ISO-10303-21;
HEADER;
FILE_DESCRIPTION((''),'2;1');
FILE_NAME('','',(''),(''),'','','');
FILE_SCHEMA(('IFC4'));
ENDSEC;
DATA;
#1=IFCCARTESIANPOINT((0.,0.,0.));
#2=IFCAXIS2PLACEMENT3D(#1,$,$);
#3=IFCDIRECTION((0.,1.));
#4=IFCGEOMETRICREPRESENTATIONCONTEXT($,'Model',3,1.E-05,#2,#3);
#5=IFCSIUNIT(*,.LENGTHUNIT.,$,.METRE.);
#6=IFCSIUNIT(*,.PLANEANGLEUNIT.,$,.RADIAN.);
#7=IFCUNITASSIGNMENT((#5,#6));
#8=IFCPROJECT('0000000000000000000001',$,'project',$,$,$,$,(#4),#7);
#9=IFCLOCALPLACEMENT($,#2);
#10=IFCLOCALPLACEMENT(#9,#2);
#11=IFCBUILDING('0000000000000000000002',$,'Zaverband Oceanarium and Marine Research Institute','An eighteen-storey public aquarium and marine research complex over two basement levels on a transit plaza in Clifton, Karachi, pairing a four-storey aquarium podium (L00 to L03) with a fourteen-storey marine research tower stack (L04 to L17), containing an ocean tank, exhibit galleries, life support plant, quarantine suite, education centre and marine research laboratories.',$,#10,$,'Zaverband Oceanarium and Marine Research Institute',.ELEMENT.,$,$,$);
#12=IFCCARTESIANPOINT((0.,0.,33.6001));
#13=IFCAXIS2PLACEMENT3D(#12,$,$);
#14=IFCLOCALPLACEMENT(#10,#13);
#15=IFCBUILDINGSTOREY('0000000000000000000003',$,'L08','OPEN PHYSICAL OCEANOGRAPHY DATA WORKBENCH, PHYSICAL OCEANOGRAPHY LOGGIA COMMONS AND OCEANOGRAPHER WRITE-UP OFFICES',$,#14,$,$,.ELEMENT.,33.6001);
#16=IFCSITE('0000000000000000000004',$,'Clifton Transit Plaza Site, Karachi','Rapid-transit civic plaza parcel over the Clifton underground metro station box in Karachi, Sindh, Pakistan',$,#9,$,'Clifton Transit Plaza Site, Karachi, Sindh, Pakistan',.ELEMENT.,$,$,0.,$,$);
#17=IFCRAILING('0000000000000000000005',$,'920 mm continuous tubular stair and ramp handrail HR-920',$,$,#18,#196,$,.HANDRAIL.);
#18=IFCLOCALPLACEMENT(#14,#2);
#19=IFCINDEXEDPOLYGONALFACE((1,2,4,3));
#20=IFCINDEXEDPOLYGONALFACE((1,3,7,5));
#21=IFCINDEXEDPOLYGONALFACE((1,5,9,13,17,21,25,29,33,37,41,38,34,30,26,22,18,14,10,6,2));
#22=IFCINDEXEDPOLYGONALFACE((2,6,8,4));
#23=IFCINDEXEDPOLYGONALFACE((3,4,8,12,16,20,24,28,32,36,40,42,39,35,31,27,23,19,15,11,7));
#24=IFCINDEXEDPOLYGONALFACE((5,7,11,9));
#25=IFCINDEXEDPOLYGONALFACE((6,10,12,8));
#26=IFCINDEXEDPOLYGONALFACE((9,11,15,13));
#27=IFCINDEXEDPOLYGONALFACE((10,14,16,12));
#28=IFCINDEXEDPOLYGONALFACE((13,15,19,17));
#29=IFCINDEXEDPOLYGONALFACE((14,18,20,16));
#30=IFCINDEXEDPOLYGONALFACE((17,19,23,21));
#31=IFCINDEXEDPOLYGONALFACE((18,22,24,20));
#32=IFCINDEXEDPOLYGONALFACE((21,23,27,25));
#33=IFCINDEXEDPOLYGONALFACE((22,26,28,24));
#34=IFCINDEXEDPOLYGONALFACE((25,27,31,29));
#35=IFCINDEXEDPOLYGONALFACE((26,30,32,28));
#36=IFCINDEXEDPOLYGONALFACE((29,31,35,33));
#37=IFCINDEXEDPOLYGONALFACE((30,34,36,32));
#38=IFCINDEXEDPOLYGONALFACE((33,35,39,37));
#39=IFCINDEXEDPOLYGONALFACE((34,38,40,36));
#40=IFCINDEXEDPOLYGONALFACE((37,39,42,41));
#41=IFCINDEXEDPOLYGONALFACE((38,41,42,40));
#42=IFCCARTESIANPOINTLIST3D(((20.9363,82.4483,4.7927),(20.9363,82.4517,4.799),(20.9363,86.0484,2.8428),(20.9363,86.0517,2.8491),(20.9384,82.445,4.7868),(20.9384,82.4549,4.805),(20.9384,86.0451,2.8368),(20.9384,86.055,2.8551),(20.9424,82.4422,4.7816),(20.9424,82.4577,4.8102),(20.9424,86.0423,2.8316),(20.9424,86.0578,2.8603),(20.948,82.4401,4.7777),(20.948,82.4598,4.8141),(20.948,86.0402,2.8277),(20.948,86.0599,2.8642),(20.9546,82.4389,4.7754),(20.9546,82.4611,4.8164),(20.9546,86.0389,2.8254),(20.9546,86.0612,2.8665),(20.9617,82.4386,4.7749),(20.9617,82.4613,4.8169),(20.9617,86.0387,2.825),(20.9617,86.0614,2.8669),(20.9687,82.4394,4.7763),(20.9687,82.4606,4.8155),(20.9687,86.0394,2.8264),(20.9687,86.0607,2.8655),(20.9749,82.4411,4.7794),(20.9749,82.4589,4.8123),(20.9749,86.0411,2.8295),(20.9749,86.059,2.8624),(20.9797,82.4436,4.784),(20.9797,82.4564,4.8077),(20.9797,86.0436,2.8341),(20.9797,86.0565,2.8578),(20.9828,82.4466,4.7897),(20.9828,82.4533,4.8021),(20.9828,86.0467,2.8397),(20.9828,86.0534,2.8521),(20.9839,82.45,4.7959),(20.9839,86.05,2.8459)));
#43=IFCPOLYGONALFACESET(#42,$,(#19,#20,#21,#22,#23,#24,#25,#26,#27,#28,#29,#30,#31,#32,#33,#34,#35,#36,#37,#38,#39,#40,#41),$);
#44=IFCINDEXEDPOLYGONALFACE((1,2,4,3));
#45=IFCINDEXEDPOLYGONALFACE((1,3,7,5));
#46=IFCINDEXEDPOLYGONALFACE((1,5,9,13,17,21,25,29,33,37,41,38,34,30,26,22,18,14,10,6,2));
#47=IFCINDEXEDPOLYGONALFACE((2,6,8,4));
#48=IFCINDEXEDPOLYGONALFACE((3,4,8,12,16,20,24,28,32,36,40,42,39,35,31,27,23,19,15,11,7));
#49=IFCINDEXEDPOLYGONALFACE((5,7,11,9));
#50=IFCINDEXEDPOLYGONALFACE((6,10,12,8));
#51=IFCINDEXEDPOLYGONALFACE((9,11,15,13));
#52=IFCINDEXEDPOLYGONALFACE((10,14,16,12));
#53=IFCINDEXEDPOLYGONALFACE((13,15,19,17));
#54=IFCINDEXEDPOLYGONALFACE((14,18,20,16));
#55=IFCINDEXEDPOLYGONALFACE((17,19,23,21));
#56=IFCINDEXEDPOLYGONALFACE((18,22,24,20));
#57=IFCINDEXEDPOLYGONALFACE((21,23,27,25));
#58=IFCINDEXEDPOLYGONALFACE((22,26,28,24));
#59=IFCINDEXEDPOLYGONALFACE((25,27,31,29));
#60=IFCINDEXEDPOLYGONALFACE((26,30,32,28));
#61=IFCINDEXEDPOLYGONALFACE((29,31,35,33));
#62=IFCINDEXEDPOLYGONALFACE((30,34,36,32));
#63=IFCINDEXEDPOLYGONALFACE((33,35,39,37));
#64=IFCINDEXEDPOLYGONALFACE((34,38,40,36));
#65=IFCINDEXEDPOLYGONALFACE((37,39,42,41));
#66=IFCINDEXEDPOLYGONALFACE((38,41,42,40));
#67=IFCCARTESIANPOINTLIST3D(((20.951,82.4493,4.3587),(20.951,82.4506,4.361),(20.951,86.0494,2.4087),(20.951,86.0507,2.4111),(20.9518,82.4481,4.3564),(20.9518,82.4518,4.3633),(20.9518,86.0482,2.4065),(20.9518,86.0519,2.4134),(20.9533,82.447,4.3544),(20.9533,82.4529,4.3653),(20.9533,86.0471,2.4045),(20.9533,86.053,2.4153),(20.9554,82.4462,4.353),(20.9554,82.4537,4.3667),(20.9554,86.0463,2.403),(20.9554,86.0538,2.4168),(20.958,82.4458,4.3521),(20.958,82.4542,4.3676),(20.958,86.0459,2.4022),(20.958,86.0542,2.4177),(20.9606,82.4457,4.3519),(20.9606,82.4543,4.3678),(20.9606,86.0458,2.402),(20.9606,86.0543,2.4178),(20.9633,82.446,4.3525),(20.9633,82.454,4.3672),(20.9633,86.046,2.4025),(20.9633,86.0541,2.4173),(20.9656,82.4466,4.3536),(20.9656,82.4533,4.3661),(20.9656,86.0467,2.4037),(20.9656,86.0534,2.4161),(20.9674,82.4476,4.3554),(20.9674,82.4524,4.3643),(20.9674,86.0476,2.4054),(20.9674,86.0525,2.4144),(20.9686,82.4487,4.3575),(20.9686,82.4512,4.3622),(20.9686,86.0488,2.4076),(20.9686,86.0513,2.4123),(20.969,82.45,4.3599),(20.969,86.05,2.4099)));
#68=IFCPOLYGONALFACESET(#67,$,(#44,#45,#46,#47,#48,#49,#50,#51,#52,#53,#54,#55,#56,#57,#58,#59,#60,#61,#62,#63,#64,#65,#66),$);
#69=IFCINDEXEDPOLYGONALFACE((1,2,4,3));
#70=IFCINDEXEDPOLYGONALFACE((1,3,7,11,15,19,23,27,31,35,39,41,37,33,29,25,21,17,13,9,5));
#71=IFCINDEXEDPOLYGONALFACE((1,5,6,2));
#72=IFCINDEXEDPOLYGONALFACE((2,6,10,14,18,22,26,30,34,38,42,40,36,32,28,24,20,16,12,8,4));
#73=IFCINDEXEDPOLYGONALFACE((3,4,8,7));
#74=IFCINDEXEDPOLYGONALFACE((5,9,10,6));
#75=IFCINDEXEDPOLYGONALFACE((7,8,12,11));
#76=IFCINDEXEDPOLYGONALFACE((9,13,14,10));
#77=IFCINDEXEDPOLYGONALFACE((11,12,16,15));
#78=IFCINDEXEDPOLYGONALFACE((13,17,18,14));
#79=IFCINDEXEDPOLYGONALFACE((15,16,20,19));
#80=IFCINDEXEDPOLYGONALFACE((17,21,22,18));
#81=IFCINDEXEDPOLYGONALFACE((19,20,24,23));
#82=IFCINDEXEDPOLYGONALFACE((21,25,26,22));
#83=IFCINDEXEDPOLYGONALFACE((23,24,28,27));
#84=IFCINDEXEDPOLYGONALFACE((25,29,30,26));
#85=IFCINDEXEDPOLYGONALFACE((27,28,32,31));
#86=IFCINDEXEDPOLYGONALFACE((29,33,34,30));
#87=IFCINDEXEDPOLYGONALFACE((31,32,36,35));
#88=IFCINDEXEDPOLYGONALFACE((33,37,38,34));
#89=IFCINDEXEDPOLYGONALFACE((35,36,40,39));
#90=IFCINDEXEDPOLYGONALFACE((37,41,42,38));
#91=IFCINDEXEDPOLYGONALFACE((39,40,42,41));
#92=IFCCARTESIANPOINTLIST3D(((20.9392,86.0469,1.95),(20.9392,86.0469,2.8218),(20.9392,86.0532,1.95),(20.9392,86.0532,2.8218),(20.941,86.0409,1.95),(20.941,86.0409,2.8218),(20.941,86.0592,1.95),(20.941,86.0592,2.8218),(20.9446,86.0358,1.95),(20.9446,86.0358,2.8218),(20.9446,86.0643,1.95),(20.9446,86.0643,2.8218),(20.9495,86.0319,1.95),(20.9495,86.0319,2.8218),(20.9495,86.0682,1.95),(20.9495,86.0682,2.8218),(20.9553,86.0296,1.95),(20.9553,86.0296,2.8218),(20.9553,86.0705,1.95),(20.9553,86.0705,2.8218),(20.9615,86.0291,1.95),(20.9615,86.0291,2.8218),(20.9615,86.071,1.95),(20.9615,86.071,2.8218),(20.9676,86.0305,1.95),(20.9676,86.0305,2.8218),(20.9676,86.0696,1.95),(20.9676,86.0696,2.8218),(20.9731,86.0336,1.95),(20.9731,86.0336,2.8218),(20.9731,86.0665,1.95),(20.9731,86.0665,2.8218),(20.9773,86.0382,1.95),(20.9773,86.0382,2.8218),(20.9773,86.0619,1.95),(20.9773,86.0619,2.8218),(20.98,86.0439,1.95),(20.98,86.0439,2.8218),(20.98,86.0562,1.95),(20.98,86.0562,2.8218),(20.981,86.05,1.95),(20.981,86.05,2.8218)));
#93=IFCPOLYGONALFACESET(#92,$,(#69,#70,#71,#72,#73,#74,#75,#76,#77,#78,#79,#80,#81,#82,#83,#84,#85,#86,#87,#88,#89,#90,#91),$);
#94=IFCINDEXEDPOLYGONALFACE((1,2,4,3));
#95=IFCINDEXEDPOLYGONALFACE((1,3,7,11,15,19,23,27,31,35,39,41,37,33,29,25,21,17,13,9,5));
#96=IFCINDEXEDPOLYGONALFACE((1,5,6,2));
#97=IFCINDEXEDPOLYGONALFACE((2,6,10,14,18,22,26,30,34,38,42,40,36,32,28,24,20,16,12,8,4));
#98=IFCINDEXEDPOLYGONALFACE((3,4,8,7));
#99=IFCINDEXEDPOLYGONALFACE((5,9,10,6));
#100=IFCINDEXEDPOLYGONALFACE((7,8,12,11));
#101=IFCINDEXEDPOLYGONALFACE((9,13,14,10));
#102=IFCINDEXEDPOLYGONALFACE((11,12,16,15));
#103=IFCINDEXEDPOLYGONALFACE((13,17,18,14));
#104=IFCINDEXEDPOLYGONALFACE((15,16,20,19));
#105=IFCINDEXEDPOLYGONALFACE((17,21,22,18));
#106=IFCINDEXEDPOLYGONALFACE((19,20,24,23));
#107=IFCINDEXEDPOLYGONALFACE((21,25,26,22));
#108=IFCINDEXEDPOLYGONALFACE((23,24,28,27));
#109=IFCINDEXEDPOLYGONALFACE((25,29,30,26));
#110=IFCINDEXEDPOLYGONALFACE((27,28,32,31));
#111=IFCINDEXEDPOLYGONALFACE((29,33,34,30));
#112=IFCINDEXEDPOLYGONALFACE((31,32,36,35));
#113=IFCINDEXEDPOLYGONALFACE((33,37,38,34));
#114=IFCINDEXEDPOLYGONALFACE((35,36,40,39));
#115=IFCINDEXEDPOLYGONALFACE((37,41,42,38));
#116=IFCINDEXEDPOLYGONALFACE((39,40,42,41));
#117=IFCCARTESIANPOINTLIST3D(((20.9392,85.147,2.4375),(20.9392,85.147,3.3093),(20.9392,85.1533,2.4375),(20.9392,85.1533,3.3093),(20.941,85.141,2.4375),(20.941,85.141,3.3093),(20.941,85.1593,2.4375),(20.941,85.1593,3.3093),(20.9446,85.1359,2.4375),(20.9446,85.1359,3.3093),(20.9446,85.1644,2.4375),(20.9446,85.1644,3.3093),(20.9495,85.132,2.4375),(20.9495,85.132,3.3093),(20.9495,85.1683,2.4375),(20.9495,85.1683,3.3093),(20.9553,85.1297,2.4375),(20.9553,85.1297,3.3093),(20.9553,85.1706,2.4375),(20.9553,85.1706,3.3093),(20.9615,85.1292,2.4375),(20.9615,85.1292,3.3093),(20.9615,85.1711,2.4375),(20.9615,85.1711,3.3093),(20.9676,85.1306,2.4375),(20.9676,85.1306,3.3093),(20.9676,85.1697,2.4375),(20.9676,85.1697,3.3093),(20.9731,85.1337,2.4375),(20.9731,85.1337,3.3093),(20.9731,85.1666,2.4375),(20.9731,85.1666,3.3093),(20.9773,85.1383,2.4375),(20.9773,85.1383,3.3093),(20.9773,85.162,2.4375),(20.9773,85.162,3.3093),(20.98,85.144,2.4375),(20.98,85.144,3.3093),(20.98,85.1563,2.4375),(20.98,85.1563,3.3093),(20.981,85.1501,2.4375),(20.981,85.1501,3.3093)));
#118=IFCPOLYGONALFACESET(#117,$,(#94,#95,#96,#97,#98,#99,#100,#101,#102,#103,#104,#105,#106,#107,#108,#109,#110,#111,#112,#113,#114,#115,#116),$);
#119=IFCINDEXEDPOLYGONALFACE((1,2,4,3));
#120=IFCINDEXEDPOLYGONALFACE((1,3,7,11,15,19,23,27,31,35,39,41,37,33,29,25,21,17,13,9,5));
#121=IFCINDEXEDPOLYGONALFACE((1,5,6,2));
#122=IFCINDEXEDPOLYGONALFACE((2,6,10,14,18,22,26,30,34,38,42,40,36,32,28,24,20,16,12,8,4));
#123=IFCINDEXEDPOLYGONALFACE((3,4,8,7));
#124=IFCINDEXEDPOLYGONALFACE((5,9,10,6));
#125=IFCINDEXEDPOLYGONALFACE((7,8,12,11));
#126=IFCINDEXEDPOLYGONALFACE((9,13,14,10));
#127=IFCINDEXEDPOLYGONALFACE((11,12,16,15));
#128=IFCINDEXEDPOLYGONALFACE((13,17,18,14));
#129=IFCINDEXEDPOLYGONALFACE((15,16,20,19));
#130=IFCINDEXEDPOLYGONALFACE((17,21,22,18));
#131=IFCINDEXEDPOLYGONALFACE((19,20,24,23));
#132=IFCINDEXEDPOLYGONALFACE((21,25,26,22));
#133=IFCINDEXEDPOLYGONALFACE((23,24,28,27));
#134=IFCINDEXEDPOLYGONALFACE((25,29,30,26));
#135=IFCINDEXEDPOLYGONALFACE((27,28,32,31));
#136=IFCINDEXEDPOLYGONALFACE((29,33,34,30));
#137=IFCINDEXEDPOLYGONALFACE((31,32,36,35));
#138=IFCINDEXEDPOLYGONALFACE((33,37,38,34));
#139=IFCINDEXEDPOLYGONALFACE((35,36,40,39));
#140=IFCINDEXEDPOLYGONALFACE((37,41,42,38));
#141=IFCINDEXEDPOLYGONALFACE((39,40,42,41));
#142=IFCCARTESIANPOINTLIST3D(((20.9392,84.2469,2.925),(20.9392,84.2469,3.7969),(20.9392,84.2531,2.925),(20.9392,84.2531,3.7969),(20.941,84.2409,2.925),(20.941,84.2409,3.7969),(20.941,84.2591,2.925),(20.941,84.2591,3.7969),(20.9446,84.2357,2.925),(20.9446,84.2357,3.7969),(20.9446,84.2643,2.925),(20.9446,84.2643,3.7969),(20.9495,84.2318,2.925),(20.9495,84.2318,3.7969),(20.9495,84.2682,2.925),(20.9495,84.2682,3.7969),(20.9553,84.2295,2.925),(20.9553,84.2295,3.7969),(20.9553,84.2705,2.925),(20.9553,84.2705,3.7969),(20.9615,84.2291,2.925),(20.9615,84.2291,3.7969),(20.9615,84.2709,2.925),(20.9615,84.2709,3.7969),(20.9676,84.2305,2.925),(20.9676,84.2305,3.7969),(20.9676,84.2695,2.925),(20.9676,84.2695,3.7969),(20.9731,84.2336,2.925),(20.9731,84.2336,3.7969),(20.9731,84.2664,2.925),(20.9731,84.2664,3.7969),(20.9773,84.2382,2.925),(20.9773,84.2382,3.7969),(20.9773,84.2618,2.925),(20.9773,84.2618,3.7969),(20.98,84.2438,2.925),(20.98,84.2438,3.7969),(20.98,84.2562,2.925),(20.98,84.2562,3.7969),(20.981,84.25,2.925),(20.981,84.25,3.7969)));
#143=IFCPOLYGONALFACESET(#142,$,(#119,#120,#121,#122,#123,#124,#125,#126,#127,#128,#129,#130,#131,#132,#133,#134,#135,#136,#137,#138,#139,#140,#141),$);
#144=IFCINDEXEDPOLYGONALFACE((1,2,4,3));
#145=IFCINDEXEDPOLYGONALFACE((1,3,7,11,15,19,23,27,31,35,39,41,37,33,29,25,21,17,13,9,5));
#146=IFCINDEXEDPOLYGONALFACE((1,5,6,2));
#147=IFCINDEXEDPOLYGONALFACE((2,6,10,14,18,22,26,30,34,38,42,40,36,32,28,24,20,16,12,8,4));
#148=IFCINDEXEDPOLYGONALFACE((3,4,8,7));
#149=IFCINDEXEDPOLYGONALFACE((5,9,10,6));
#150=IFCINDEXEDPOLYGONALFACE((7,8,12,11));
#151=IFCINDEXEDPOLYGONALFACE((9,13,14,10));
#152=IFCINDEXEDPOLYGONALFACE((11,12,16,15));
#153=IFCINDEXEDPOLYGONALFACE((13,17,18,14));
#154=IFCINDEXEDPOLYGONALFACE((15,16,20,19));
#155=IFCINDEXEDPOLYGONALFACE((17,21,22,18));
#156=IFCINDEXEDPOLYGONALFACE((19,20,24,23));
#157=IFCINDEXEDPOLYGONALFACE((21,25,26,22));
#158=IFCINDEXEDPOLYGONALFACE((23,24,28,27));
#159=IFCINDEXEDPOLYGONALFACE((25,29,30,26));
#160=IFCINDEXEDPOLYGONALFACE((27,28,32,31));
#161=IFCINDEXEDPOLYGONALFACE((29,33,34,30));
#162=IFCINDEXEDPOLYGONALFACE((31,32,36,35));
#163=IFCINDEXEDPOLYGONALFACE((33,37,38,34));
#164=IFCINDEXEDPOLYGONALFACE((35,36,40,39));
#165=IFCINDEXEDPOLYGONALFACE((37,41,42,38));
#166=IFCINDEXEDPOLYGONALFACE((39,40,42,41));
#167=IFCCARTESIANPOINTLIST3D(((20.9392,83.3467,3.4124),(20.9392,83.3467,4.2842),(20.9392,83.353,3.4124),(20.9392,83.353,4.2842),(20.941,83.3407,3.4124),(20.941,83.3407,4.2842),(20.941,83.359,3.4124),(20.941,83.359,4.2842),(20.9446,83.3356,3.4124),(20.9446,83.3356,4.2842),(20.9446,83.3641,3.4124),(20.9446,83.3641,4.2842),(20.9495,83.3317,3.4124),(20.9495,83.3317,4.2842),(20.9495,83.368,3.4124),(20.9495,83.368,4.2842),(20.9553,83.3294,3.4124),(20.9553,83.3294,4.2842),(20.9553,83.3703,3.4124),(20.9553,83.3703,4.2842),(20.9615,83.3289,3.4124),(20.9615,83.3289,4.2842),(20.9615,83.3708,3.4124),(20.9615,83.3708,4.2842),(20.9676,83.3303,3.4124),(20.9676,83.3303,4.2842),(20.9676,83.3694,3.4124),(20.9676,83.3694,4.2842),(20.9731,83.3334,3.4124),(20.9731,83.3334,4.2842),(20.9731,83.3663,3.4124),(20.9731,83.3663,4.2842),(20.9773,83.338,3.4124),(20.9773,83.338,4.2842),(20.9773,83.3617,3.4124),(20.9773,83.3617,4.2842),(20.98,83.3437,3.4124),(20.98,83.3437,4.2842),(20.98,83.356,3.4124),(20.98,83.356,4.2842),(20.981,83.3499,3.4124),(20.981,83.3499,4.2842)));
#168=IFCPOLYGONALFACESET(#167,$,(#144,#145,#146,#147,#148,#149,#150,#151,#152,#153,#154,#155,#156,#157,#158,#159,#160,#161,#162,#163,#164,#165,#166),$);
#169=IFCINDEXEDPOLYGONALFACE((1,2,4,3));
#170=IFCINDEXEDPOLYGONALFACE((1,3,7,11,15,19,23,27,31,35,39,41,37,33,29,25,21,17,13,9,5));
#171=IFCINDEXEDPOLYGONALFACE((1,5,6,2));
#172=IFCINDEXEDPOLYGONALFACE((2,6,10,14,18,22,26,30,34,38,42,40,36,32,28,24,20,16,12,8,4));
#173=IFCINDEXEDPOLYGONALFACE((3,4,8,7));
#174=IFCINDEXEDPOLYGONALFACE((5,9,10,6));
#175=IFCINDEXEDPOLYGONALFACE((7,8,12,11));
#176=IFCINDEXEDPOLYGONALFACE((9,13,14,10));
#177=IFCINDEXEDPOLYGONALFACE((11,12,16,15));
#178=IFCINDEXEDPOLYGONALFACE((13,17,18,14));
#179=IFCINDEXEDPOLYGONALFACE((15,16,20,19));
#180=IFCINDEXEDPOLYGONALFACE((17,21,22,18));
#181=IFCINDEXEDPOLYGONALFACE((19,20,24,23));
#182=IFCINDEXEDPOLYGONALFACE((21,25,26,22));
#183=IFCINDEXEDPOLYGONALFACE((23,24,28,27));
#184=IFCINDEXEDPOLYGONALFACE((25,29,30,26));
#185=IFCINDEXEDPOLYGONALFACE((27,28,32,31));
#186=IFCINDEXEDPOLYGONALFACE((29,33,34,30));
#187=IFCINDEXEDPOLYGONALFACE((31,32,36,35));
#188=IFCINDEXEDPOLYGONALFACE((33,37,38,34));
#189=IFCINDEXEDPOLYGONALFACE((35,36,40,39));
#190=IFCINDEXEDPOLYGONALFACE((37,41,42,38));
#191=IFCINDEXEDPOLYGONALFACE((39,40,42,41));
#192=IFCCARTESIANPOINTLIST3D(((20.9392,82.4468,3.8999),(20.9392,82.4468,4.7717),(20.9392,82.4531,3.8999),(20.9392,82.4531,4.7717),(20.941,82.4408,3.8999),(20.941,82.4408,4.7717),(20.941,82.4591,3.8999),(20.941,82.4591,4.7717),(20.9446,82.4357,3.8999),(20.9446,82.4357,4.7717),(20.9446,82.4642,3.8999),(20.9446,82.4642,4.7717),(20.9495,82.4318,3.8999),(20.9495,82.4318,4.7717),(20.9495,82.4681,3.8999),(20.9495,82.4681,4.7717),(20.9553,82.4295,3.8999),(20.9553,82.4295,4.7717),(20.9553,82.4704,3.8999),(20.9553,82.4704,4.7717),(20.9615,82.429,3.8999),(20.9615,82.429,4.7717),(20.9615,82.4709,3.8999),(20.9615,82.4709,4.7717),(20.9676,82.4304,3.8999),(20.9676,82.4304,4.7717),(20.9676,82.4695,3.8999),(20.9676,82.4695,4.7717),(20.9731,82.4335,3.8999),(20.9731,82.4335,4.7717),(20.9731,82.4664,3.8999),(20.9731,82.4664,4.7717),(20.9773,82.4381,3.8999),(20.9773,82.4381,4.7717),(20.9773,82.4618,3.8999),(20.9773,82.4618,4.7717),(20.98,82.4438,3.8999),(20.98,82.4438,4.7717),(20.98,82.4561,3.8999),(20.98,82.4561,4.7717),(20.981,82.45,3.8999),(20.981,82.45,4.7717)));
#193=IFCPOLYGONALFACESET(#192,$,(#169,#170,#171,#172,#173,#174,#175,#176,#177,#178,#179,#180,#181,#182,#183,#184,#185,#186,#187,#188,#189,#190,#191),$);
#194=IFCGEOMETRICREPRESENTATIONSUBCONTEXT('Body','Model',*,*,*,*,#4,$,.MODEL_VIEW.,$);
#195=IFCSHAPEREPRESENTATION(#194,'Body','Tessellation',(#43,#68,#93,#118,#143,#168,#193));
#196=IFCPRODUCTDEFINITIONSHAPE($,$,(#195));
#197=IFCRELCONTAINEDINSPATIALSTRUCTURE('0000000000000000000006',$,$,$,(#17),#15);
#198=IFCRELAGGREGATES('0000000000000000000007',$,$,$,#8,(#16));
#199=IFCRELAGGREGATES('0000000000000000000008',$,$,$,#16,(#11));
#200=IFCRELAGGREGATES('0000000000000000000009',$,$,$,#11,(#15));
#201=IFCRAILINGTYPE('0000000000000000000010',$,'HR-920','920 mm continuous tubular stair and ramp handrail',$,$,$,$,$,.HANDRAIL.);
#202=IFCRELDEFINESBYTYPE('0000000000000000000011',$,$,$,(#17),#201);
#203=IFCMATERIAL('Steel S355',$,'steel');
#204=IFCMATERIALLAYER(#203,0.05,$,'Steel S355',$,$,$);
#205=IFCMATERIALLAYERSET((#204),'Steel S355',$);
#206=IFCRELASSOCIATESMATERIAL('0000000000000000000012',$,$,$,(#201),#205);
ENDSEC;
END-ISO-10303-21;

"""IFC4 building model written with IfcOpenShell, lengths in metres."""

from ifc_helpers import new_model, si_unit, direction, frame, origin, origin_2d, place, context, subcontext, project, spatial, circle, extrude, material, layer, layer_set, type_object, element, save


model = new_model("IFC4")

# Units and contexts
model_context = context("Model", 3, precision=1e-05, world=origin(), true_north=direction((0.0, 1.0)))
body_context = subcontext(model_context, "Body", "Model", "MODEL_VIEW")
ifc_project = project(units=[si_unit("LENGTHUNIT", "METRE"), si_unit("PLANEANGLEUNIT", "RADIAN")], contexts=[model_context])

# Site, building, storey
site_placement = place(None, origin())
site = spatial("IfcSite", under=ifc_project, at=site_placement, Name="Clifton Transit Plaza Site, Karachi", Description="Rapid-transit civic plaza parcel over the Clifton underground metro station box in Karachi, Sindh, Pakistan", LongName="Clifton Transit Plaza Site, Karachi, Sindh, Pakistan", CompositionType="ELEMENT", RefElevation=0.0)
building_placement = place(site_placement, origin())
building = spatial("IfcBuilding", under=site, at=building_placement, Name="Zaverband Oceanarium and Marine Research Institute", Description="An eighteen-storey public aquarium and marine research complex over two basement levels on a transit plaza in Clifton, Karachi, pairing a four-storey aquarium podium (L00 to L03) with a fourteen-storey marine research tower stack (L04 to L17), containing an ocean tank, exhibit galleries, life support plant, quarantine suite, education centre and marine research laboratories.", LongName="Zaverband Oceanarium and Marine Research Institute", CompositionType="ELEMENT")
storey_placement = place(building_placement, frame((0.0, 0.0, 33.6001)))
storey = spatial("IfcBuildingStorey", under=building, at=storey_placement, Name="L08", Description="OPEN PHYSICAL OCEANOGRAPHY DATA WORKBENCH, PHYSICAL OCEANOGRAPHY LOGGIA COMMONS AND OCEANOGRAPHER WRITE-UP OFFICES", CompositionType="ELEMENT", Elevation=33.6001)

# Shared definitions
ifc_material_1 = material(Name="Steel S355", Category="steel")

# Railing
ifc_layer_1 = layer(ifc_material_1, 0.05, Name="Steel S355")
ifc_layer_set_1 = layer_set([ifc_layer_1], Name="Steel S355")
railing_type_1 = type_object("IfcRailingType", Name="HR-920", Description="920 mm continuous tubular stair and ramp handrail", PredefinedType="HANDRAIL", material=ifc_layer_set_1)
railing_1_placement = place(storey_placement, frame((20.96, 86.05, 1.95)))
element("IfcRailing", 1, at=railing_1_placement, inside=storey, type_object=railing_type_1, Name="920 mm continuous tubular stair and ramp handrail HR-920", PredefinedType="HANDRAIL", context=body_context, shape_type="SweptSolid", body=[
    extrude(circle(Radius=0.0239, at=origin_2d()), frame((0.0, 0.0, 0.896), z_axis=(0.0, -0.879302, 0.476264), x_axis=(1.0, 0.0, 0.0)), (0.0, 0.0, 1.0), 4.0942),
    extrude(circle(Radius=0.009, at=origin_2d()), frame((0.0, 0.0, 0.46), z_axis=(0.0, -0.879302, 0.476264), x_axis=(1.0, 0.0, 0.0)), (0.0, 0.0, 1.0), 4.0942),
    extrude(circle(Radius=0.021, at=origin_2d()), origin(), (0.0, 0.0, 1.0), 0.8718),
    extrude(circle(Radius=0.021, at=origin_2d()), frame((0.0, -0.8999, 0.4875)), (0.0, 0.0, 1.0), 0.8718),
    extrude(circle(Radius=0.021, at=origin_2d()), frame((0.0, -1.8, 0.9751)), (0.0, 0.0, 1.0), 0.8718),
    extrude(circle(Radius=0.021, at=origin_2d()), frame((0.0, -2.7002, 1.4624)), (0.0, 0.0, 1.0), 0.8718),
    extrude(circle(Radius=0.021, at=origin_2d()), frame((0.0, -3.6001, 1.95)), (0.0, 0.0, 1.0), 0.8718),
])

save(model, "model.ifc")
